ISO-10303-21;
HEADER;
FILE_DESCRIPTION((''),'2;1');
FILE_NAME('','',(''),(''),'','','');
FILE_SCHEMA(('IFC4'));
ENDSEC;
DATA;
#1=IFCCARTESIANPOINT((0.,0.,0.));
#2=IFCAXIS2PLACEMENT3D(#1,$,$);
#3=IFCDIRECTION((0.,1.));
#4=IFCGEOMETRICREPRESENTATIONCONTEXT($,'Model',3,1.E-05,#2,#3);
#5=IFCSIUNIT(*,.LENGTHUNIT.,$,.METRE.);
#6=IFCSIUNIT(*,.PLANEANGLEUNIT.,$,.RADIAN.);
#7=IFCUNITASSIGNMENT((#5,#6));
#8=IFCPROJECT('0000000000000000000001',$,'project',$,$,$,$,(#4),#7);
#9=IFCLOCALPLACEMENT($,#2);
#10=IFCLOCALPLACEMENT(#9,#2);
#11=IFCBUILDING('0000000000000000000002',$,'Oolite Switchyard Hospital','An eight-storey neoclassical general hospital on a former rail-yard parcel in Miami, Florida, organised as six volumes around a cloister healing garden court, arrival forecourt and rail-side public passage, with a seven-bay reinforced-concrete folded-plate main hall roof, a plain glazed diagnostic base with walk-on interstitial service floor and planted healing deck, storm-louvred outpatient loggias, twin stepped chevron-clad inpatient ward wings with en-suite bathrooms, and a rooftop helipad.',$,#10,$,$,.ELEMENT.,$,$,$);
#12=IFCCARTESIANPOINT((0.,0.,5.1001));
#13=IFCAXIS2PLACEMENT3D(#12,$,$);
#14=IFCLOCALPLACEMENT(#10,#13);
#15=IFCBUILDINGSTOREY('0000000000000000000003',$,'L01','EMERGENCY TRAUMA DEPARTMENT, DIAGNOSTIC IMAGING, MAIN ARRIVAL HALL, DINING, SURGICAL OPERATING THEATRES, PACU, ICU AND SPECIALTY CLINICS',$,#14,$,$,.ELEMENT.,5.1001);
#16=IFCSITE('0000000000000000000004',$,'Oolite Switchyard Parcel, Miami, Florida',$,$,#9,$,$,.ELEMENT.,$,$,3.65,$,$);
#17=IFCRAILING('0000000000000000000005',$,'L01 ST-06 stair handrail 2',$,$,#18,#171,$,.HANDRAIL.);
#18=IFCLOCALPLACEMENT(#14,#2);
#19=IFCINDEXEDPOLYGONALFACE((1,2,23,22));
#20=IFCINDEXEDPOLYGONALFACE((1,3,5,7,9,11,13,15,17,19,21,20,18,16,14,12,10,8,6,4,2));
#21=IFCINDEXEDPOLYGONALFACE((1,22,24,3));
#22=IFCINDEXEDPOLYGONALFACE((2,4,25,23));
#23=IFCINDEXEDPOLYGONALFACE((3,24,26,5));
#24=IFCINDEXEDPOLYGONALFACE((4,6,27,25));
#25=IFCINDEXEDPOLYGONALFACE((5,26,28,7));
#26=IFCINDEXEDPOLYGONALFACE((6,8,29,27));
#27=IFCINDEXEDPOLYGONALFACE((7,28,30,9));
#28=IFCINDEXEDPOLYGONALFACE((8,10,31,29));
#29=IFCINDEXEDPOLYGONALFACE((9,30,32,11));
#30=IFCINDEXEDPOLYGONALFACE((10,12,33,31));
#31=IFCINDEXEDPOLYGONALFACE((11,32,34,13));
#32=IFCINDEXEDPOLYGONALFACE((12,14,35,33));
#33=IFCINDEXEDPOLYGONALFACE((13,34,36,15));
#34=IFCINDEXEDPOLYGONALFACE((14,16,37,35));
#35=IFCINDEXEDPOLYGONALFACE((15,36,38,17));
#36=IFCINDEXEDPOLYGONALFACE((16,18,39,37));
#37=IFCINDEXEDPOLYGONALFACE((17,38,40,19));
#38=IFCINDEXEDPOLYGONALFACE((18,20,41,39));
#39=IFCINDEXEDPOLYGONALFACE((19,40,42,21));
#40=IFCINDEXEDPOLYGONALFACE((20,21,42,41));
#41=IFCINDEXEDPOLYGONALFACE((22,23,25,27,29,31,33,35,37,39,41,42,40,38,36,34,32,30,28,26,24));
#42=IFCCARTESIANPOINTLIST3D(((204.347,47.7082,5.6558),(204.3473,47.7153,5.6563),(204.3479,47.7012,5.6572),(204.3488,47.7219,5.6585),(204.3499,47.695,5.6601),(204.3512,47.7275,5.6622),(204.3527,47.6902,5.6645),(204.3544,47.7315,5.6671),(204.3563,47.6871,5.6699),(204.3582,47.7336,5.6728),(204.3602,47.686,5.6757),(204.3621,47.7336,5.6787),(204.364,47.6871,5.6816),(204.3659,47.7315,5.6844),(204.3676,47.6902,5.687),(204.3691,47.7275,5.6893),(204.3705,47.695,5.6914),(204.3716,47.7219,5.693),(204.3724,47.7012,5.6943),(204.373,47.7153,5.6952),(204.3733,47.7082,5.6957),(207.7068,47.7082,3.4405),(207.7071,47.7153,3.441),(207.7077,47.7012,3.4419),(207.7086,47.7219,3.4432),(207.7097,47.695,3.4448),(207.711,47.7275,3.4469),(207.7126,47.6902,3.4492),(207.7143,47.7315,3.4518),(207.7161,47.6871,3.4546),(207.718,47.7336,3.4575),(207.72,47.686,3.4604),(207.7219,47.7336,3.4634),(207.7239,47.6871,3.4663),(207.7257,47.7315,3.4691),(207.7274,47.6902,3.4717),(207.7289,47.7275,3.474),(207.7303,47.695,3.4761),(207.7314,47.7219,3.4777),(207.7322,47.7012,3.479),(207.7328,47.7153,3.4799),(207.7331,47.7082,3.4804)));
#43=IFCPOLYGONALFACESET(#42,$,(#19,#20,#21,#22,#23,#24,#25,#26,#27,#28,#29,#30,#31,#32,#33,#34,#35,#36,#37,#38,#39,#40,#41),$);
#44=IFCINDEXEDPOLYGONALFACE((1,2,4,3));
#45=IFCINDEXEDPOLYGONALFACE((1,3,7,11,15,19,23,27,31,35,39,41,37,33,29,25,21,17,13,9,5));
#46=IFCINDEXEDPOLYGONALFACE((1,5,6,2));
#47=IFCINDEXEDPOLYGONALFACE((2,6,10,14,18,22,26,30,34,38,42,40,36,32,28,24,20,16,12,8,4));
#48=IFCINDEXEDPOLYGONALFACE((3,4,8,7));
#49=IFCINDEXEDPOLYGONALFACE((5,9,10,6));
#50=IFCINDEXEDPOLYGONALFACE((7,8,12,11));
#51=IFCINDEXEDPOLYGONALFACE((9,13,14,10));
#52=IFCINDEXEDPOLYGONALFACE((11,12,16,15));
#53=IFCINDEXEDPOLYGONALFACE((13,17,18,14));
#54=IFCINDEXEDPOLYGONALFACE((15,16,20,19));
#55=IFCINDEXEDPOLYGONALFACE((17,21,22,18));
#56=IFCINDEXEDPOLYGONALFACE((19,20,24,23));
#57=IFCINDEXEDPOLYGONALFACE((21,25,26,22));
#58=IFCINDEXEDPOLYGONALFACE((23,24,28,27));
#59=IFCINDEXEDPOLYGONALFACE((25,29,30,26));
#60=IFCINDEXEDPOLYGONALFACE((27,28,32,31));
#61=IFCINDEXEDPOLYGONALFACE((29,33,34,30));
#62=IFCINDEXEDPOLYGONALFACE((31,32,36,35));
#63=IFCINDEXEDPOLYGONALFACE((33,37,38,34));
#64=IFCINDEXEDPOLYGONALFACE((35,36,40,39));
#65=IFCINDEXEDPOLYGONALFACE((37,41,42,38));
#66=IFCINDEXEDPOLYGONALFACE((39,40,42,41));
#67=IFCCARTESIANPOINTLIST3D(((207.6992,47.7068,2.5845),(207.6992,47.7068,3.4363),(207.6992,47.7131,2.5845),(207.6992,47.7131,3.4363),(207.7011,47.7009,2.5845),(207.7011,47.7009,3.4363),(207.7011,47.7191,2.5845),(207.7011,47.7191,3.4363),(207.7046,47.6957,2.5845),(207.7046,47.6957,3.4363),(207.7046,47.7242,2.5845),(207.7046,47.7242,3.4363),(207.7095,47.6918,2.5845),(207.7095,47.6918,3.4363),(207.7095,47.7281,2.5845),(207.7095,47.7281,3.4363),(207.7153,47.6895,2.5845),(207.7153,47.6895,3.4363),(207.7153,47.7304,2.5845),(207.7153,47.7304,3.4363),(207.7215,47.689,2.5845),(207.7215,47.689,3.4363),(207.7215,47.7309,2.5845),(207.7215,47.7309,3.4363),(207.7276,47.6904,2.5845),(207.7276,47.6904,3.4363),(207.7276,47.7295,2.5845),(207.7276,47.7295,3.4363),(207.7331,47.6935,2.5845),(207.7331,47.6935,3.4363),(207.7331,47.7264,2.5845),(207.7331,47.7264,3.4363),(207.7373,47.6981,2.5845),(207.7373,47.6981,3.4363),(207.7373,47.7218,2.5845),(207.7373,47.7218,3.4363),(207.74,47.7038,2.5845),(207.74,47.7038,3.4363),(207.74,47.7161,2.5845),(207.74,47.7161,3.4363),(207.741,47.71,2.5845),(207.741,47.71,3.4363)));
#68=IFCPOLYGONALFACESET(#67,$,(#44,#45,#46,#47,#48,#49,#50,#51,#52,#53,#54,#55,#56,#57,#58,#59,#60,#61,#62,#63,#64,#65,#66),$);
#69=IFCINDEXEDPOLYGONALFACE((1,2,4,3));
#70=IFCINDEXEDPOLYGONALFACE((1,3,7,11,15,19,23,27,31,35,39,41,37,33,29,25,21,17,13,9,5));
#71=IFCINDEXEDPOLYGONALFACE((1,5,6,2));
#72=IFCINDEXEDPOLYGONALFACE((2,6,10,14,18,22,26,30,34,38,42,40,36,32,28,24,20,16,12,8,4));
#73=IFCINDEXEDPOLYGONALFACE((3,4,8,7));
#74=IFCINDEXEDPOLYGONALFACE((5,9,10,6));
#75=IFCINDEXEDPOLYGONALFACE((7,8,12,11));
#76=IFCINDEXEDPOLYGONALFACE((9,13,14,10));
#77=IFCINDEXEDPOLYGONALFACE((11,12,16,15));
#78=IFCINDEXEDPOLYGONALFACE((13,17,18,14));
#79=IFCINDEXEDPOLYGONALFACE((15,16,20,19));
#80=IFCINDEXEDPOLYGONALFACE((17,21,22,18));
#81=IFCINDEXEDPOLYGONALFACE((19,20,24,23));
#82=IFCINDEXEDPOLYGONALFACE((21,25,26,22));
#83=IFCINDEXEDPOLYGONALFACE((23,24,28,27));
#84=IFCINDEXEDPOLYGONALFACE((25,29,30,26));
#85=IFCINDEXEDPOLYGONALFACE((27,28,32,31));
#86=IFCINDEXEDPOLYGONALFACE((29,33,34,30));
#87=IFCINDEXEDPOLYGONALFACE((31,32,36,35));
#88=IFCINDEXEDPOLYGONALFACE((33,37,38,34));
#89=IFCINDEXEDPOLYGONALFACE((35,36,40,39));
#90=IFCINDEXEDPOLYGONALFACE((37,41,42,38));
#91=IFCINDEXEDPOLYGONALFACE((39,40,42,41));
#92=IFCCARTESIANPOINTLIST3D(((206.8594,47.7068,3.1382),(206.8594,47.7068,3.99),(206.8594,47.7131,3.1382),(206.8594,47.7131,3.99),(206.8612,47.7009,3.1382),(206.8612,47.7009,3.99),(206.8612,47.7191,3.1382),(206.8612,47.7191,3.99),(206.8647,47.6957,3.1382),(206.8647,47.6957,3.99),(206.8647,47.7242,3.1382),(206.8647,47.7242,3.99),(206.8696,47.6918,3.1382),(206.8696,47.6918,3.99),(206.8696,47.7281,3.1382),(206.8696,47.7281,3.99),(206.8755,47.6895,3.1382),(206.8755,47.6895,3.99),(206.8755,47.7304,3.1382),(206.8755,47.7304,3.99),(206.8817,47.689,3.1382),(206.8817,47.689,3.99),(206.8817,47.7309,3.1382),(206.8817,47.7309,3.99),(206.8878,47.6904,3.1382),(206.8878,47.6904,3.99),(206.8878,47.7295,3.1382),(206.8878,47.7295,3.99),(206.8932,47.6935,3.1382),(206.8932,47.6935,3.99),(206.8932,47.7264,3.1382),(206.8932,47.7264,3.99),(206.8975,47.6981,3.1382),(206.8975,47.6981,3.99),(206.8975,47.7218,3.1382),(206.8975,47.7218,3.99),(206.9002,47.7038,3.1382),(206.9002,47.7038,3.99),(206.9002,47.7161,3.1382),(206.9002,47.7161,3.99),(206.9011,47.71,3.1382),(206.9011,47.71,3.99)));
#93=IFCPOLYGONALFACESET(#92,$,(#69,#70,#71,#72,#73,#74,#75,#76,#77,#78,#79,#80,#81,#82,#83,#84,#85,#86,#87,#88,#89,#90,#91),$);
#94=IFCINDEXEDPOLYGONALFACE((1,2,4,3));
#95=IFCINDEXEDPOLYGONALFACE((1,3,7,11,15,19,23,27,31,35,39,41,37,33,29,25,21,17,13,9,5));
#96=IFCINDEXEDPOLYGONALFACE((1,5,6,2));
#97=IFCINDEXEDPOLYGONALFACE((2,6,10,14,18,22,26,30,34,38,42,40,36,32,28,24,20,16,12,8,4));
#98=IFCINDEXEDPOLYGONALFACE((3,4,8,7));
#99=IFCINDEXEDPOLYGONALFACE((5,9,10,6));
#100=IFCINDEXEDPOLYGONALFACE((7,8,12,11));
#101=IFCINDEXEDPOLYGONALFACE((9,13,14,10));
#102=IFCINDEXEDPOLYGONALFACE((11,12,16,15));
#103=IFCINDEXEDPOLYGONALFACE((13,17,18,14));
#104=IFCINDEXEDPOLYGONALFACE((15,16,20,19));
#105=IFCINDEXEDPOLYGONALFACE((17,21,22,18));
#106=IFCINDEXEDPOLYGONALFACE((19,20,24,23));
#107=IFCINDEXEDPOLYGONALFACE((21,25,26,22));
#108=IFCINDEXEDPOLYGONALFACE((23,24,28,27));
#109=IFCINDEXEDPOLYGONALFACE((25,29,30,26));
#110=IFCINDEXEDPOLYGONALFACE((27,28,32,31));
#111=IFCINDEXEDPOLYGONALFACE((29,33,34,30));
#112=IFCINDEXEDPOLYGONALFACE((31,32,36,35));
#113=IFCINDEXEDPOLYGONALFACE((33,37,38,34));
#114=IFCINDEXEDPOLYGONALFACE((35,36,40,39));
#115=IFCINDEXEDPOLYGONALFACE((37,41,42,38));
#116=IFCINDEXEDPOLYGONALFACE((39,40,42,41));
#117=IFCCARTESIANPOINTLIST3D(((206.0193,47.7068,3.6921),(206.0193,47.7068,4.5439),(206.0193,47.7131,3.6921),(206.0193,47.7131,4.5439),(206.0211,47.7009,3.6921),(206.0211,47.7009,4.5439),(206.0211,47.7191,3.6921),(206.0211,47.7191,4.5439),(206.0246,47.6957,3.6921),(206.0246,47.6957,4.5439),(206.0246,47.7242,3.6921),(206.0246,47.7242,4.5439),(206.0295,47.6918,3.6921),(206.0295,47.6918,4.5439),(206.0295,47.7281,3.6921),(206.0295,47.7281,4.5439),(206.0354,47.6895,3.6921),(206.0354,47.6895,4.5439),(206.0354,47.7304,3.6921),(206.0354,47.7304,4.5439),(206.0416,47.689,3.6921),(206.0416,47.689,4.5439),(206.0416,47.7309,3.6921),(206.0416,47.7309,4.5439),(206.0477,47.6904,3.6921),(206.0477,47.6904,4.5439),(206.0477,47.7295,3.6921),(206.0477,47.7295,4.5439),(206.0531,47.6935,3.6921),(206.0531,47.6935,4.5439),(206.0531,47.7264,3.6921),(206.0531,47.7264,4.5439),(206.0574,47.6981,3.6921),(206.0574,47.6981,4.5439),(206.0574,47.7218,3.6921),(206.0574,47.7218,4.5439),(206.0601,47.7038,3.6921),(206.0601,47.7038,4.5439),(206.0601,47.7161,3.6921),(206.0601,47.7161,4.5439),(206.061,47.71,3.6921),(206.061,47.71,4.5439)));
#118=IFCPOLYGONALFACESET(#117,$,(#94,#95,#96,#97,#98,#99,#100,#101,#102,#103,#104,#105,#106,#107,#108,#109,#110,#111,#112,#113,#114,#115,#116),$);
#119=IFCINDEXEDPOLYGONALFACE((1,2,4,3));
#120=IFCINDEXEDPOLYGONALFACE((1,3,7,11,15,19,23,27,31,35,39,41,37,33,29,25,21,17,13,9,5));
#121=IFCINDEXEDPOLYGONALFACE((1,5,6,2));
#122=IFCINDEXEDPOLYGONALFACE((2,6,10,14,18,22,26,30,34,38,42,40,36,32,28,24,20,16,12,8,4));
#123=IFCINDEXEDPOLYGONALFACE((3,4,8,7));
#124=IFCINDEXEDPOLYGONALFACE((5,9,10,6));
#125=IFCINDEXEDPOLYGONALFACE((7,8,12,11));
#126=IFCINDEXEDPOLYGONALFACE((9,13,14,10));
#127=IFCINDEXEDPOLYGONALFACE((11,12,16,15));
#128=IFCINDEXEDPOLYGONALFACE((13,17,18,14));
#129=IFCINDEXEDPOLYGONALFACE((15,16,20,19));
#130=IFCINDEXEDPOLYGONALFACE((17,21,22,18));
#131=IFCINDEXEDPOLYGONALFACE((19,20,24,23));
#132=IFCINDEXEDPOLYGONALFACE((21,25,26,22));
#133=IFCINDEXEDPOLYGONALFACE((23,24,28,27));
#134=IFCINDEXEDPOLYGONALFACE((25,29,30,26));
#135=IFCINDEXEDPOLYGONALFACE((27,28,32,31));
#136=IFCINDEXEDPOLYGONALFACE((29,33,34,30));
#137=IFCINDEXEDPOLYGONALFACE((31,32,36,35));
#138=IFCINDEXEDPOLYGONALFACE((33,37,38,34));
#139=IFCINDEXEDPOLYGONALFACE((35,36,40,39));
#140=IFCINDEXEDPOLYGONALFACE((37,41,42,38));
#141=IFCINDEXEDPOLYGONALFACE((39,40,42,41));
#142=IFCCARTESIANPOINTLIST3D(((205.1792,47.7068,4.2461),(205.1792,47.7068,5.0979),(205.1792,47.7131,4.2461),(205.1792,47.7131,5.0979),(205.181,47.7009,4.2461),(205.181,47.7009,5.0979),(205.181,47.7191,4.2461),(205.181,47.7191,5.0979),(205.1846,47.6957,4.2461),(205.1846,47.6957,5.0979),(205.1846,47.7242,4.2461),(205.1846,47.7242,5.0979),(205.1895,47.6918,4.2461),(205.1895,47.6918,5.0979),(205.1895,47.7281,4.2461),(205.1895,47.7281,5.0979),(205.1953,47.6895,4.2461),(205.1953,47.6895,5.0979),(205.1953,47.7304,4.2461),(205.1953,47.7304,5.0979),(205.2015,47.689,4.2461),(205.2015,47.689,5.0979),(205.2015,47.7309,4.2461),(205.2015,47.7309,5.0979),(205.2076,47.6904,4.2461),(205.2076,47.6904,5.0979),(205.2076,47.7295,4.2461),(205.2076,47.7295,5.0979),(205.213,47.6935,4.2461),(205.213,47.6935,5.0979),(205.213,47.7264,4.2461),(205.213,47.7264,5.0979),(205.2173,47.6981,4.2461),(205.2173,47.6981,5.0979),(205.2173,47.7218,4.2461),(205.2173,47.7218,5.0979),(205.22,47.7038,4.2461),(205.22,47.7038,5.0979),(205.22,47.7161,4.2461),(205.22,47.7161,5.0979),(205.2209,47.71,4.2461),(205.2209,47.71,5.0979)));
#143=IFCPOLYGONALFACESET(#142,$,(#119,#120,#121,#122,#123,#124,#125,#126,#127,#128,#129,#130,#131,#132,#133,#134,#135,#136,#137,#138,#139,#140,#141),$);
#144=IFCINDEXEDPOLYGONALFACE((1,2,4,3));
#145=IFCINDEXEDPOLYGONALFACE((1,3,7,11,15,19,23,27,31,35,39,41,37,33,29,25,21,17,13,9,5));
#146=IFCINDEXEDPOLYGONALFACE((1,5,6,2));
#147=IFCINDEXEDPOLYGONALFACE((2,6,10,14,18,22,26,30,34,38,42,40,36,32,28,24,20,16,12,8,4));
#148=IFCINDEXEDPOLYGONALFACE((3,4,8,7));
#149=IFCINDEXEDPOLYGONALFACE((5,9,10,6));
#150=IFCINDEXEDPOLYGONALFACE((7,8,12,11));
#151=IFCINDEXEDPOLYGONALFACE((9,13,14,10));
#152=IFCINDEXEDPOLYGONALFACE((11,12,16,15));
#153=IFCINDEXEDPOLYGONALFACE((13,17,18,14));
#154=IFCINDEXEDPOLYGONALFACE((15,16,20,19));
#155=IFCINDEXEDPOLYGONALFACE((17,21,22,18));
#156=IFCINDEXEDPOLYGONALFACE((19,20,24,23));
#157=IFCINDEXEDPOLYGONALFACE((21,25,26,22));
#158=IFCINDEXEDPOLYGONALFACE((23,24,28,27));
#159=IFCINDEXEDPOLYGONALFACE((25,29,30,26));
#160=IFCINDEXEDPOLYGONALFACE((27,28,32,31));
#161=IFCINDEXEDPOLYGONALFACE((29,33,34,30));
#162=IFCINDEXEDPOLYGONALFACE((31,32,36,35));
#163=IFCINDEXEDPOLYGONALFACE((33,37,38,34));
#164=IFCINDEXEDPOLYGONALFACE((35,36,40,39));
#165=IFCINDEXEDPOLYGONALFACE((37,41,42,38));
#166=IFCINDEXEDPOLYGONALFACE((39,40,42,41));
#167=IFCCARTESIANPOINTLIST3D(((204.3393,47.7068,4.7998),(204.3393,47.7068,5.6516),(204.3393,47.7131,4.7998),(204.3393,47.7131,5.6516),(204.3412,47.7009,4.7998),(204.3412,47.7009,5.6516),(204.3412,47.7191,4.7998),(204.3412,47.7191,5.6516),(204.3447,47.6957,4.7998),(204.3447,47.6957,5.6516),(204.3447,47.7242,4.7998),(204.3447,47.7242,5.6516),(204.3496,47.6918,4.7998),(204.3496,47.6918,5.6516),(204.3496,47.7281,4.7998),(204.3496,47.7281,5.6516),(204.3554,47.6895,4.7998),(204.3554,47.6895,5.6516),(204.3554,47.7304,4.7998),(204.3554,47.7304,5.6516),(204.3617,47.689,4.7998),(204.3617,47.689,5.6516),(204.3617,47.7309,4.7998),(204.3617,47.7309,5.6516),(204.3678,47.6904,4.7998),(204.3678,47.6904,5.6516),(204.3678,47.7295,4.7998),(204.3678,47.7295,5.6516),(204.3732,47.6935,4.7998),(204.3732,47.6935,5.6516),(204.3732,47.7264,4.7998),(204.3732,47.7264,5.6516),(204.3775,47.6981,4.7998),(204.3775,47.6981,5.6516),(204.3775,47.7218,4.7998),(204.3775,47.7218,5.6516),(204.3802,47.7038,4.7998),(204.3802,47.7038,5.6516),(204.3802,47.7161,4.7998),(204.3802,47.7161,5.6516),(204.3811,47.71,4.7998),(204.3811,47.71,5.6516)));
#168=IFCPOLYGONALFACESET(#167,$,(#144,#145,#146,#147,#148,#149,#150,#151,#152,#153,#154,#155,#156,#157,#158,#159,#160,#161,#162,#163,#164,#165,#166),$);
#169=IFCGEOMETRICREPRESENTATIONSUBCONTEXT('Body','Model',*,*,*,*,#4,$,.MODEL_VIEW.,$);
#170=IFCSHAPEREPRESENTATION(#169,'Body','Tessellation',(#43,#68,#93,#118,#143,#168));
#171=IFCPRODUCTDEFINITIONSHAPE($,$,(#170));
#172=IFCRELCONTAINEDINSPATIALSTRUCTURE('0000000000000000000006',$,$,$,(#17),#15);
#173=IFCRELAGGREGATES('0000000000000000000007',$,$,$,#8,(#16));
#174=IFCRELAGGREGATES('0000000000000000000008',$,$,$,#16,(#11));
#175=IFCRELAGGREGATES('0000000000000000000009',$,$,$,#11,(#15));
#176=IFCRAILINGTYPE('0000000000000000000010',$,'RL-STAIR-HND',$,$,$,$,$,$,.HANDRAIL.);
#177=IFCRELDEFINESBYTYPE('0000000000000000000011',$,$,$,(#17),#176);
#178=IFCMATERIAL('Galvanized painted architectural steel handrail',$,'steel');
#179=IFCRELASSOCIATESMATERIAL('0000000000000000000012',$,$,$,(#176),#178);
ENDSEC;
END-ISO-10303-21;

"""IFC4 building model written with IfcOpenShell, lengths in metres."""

from ifc_helpers import new_model, si_unit, direction, frame, origin, origin_2d, place, context, subcontext, project, spatial, circle, extrude, material, type_object, element, save


model = new_model("IFC4")

# Units and contexts
model_context = context("Model", 3, precision=1e-05, world=origin(), true_north=direction((0.0, 1.0)))
body_context = subcontext(model_context, "Body", "Model", "MODEL_VIEW")
ifc_project = project(units=[si_unit("LENGTHUNIT", "METRE"), si_unit("PLANEANGLEUNIT", "RADIAN")], contexts=[model_context])

# Site, building, storey
site_placement = place(None, origin())
site = spatial("IfcSite", under=ifc_project, at=site_placement, Name="Oolite Switchyard Parcel, Miami, Florida", CompositionType="ELEMENT", RefElevation=3.65)
building_placement = place(site_placement, origin())
building = spatial("IfcBuilding", under=site, at=building_placement, Name="Oolite Switchyard Hospital", Description="An eight-storey neoclassical general hospital on a former rail-yard parcel in Miami, Florida, organised as six volumes around a cloister healing garden court, arrival forecourt and rail-side public passage, with a seven-bay reinforced-concrete folded-plate main hall roof, a plain glazed diagnostic base with walk-on interstitial service floor and planted healing deck, storm-louvred outpatient loggias, twin stepped chevron-clad inpatient ward wings with en-suite bathrooms, and a rooftop helipad.", CompositionType="ELEMENT")
storey_placement = place(building_placement, frame((0.0, 0.0, 5.1001)))
storey = spatial("IfcBuildingStorey", under=building, at=storey_placement, Name="L01", Description="EMERGENCY TRAUMA DEPARTMENT, DIAGNOSTIC IMAGING, MAIN ARRIVAL HALL, DINING, SURGICAL OPERATING THEATRES, PACU, ICU AND SPECIALTY CLINICS", CompositionType="ELEMENT", Elevation=5.1001)

# Railing
ifc_material_1 = material(Name="Galvanized painted architectural steel handrail", Category="steel")
railing_type_1 = type_object("IfcRailingType", Name="RL-STAIR-HND", PredefinedType="HANDRAIL", material=ifc_material_1)
railing_1_placement = place(storey_placement, frame((207.72, 47.71, 2.5845)))
element("IfcRailing", 1, at=railing_1_placement, inside=storey, type_object=railing_type_1, Name="L01 ST-06 stair handrail 2", PredefinedType="HANDRAIL", context=body_context, shape_type="SweptSolid", body=[
    extrude(circle(Radius=0.0239, at=origin_2d()), frame((0.0, 0.0, 0.876), z_axis=(-0.834858, 0.0, 0.550465), x_axis=(0.0, -1.0, 0.0)), (0.0, 0.0, 1.0), 4.0244),
    extrude(circle(Radius=0.021, at=origin_2d()), origin(), (0.0, 0.0, 1.0), 0.8518),
    extrude(circle(Radius=0.021, at=origin_2d()), frame((-0.8398, 0.0, 0.5537)), (0.0, 0.0, 1.0), 0.8518),
    extrude(circle(Radius=0.021, at=origin_2d()), frame((-1.6799, 0.0, 1.1077)), (0.0, 0.0, 1.0), 0.8518),
    extrude(circle(Radius=0.021, at=origin_2d()), frame((-2.52, 0.0, 1.6616)), (0.0, 0.0, 1.0), 0.8518),
    extrude(circle(Radius=0.021, at=origin_2d()), frame((-3.3599, 0.0, 2.2153)), (0.0, 0.0, 1.0), 0.8518),
])

save(model, "model.ifc")
